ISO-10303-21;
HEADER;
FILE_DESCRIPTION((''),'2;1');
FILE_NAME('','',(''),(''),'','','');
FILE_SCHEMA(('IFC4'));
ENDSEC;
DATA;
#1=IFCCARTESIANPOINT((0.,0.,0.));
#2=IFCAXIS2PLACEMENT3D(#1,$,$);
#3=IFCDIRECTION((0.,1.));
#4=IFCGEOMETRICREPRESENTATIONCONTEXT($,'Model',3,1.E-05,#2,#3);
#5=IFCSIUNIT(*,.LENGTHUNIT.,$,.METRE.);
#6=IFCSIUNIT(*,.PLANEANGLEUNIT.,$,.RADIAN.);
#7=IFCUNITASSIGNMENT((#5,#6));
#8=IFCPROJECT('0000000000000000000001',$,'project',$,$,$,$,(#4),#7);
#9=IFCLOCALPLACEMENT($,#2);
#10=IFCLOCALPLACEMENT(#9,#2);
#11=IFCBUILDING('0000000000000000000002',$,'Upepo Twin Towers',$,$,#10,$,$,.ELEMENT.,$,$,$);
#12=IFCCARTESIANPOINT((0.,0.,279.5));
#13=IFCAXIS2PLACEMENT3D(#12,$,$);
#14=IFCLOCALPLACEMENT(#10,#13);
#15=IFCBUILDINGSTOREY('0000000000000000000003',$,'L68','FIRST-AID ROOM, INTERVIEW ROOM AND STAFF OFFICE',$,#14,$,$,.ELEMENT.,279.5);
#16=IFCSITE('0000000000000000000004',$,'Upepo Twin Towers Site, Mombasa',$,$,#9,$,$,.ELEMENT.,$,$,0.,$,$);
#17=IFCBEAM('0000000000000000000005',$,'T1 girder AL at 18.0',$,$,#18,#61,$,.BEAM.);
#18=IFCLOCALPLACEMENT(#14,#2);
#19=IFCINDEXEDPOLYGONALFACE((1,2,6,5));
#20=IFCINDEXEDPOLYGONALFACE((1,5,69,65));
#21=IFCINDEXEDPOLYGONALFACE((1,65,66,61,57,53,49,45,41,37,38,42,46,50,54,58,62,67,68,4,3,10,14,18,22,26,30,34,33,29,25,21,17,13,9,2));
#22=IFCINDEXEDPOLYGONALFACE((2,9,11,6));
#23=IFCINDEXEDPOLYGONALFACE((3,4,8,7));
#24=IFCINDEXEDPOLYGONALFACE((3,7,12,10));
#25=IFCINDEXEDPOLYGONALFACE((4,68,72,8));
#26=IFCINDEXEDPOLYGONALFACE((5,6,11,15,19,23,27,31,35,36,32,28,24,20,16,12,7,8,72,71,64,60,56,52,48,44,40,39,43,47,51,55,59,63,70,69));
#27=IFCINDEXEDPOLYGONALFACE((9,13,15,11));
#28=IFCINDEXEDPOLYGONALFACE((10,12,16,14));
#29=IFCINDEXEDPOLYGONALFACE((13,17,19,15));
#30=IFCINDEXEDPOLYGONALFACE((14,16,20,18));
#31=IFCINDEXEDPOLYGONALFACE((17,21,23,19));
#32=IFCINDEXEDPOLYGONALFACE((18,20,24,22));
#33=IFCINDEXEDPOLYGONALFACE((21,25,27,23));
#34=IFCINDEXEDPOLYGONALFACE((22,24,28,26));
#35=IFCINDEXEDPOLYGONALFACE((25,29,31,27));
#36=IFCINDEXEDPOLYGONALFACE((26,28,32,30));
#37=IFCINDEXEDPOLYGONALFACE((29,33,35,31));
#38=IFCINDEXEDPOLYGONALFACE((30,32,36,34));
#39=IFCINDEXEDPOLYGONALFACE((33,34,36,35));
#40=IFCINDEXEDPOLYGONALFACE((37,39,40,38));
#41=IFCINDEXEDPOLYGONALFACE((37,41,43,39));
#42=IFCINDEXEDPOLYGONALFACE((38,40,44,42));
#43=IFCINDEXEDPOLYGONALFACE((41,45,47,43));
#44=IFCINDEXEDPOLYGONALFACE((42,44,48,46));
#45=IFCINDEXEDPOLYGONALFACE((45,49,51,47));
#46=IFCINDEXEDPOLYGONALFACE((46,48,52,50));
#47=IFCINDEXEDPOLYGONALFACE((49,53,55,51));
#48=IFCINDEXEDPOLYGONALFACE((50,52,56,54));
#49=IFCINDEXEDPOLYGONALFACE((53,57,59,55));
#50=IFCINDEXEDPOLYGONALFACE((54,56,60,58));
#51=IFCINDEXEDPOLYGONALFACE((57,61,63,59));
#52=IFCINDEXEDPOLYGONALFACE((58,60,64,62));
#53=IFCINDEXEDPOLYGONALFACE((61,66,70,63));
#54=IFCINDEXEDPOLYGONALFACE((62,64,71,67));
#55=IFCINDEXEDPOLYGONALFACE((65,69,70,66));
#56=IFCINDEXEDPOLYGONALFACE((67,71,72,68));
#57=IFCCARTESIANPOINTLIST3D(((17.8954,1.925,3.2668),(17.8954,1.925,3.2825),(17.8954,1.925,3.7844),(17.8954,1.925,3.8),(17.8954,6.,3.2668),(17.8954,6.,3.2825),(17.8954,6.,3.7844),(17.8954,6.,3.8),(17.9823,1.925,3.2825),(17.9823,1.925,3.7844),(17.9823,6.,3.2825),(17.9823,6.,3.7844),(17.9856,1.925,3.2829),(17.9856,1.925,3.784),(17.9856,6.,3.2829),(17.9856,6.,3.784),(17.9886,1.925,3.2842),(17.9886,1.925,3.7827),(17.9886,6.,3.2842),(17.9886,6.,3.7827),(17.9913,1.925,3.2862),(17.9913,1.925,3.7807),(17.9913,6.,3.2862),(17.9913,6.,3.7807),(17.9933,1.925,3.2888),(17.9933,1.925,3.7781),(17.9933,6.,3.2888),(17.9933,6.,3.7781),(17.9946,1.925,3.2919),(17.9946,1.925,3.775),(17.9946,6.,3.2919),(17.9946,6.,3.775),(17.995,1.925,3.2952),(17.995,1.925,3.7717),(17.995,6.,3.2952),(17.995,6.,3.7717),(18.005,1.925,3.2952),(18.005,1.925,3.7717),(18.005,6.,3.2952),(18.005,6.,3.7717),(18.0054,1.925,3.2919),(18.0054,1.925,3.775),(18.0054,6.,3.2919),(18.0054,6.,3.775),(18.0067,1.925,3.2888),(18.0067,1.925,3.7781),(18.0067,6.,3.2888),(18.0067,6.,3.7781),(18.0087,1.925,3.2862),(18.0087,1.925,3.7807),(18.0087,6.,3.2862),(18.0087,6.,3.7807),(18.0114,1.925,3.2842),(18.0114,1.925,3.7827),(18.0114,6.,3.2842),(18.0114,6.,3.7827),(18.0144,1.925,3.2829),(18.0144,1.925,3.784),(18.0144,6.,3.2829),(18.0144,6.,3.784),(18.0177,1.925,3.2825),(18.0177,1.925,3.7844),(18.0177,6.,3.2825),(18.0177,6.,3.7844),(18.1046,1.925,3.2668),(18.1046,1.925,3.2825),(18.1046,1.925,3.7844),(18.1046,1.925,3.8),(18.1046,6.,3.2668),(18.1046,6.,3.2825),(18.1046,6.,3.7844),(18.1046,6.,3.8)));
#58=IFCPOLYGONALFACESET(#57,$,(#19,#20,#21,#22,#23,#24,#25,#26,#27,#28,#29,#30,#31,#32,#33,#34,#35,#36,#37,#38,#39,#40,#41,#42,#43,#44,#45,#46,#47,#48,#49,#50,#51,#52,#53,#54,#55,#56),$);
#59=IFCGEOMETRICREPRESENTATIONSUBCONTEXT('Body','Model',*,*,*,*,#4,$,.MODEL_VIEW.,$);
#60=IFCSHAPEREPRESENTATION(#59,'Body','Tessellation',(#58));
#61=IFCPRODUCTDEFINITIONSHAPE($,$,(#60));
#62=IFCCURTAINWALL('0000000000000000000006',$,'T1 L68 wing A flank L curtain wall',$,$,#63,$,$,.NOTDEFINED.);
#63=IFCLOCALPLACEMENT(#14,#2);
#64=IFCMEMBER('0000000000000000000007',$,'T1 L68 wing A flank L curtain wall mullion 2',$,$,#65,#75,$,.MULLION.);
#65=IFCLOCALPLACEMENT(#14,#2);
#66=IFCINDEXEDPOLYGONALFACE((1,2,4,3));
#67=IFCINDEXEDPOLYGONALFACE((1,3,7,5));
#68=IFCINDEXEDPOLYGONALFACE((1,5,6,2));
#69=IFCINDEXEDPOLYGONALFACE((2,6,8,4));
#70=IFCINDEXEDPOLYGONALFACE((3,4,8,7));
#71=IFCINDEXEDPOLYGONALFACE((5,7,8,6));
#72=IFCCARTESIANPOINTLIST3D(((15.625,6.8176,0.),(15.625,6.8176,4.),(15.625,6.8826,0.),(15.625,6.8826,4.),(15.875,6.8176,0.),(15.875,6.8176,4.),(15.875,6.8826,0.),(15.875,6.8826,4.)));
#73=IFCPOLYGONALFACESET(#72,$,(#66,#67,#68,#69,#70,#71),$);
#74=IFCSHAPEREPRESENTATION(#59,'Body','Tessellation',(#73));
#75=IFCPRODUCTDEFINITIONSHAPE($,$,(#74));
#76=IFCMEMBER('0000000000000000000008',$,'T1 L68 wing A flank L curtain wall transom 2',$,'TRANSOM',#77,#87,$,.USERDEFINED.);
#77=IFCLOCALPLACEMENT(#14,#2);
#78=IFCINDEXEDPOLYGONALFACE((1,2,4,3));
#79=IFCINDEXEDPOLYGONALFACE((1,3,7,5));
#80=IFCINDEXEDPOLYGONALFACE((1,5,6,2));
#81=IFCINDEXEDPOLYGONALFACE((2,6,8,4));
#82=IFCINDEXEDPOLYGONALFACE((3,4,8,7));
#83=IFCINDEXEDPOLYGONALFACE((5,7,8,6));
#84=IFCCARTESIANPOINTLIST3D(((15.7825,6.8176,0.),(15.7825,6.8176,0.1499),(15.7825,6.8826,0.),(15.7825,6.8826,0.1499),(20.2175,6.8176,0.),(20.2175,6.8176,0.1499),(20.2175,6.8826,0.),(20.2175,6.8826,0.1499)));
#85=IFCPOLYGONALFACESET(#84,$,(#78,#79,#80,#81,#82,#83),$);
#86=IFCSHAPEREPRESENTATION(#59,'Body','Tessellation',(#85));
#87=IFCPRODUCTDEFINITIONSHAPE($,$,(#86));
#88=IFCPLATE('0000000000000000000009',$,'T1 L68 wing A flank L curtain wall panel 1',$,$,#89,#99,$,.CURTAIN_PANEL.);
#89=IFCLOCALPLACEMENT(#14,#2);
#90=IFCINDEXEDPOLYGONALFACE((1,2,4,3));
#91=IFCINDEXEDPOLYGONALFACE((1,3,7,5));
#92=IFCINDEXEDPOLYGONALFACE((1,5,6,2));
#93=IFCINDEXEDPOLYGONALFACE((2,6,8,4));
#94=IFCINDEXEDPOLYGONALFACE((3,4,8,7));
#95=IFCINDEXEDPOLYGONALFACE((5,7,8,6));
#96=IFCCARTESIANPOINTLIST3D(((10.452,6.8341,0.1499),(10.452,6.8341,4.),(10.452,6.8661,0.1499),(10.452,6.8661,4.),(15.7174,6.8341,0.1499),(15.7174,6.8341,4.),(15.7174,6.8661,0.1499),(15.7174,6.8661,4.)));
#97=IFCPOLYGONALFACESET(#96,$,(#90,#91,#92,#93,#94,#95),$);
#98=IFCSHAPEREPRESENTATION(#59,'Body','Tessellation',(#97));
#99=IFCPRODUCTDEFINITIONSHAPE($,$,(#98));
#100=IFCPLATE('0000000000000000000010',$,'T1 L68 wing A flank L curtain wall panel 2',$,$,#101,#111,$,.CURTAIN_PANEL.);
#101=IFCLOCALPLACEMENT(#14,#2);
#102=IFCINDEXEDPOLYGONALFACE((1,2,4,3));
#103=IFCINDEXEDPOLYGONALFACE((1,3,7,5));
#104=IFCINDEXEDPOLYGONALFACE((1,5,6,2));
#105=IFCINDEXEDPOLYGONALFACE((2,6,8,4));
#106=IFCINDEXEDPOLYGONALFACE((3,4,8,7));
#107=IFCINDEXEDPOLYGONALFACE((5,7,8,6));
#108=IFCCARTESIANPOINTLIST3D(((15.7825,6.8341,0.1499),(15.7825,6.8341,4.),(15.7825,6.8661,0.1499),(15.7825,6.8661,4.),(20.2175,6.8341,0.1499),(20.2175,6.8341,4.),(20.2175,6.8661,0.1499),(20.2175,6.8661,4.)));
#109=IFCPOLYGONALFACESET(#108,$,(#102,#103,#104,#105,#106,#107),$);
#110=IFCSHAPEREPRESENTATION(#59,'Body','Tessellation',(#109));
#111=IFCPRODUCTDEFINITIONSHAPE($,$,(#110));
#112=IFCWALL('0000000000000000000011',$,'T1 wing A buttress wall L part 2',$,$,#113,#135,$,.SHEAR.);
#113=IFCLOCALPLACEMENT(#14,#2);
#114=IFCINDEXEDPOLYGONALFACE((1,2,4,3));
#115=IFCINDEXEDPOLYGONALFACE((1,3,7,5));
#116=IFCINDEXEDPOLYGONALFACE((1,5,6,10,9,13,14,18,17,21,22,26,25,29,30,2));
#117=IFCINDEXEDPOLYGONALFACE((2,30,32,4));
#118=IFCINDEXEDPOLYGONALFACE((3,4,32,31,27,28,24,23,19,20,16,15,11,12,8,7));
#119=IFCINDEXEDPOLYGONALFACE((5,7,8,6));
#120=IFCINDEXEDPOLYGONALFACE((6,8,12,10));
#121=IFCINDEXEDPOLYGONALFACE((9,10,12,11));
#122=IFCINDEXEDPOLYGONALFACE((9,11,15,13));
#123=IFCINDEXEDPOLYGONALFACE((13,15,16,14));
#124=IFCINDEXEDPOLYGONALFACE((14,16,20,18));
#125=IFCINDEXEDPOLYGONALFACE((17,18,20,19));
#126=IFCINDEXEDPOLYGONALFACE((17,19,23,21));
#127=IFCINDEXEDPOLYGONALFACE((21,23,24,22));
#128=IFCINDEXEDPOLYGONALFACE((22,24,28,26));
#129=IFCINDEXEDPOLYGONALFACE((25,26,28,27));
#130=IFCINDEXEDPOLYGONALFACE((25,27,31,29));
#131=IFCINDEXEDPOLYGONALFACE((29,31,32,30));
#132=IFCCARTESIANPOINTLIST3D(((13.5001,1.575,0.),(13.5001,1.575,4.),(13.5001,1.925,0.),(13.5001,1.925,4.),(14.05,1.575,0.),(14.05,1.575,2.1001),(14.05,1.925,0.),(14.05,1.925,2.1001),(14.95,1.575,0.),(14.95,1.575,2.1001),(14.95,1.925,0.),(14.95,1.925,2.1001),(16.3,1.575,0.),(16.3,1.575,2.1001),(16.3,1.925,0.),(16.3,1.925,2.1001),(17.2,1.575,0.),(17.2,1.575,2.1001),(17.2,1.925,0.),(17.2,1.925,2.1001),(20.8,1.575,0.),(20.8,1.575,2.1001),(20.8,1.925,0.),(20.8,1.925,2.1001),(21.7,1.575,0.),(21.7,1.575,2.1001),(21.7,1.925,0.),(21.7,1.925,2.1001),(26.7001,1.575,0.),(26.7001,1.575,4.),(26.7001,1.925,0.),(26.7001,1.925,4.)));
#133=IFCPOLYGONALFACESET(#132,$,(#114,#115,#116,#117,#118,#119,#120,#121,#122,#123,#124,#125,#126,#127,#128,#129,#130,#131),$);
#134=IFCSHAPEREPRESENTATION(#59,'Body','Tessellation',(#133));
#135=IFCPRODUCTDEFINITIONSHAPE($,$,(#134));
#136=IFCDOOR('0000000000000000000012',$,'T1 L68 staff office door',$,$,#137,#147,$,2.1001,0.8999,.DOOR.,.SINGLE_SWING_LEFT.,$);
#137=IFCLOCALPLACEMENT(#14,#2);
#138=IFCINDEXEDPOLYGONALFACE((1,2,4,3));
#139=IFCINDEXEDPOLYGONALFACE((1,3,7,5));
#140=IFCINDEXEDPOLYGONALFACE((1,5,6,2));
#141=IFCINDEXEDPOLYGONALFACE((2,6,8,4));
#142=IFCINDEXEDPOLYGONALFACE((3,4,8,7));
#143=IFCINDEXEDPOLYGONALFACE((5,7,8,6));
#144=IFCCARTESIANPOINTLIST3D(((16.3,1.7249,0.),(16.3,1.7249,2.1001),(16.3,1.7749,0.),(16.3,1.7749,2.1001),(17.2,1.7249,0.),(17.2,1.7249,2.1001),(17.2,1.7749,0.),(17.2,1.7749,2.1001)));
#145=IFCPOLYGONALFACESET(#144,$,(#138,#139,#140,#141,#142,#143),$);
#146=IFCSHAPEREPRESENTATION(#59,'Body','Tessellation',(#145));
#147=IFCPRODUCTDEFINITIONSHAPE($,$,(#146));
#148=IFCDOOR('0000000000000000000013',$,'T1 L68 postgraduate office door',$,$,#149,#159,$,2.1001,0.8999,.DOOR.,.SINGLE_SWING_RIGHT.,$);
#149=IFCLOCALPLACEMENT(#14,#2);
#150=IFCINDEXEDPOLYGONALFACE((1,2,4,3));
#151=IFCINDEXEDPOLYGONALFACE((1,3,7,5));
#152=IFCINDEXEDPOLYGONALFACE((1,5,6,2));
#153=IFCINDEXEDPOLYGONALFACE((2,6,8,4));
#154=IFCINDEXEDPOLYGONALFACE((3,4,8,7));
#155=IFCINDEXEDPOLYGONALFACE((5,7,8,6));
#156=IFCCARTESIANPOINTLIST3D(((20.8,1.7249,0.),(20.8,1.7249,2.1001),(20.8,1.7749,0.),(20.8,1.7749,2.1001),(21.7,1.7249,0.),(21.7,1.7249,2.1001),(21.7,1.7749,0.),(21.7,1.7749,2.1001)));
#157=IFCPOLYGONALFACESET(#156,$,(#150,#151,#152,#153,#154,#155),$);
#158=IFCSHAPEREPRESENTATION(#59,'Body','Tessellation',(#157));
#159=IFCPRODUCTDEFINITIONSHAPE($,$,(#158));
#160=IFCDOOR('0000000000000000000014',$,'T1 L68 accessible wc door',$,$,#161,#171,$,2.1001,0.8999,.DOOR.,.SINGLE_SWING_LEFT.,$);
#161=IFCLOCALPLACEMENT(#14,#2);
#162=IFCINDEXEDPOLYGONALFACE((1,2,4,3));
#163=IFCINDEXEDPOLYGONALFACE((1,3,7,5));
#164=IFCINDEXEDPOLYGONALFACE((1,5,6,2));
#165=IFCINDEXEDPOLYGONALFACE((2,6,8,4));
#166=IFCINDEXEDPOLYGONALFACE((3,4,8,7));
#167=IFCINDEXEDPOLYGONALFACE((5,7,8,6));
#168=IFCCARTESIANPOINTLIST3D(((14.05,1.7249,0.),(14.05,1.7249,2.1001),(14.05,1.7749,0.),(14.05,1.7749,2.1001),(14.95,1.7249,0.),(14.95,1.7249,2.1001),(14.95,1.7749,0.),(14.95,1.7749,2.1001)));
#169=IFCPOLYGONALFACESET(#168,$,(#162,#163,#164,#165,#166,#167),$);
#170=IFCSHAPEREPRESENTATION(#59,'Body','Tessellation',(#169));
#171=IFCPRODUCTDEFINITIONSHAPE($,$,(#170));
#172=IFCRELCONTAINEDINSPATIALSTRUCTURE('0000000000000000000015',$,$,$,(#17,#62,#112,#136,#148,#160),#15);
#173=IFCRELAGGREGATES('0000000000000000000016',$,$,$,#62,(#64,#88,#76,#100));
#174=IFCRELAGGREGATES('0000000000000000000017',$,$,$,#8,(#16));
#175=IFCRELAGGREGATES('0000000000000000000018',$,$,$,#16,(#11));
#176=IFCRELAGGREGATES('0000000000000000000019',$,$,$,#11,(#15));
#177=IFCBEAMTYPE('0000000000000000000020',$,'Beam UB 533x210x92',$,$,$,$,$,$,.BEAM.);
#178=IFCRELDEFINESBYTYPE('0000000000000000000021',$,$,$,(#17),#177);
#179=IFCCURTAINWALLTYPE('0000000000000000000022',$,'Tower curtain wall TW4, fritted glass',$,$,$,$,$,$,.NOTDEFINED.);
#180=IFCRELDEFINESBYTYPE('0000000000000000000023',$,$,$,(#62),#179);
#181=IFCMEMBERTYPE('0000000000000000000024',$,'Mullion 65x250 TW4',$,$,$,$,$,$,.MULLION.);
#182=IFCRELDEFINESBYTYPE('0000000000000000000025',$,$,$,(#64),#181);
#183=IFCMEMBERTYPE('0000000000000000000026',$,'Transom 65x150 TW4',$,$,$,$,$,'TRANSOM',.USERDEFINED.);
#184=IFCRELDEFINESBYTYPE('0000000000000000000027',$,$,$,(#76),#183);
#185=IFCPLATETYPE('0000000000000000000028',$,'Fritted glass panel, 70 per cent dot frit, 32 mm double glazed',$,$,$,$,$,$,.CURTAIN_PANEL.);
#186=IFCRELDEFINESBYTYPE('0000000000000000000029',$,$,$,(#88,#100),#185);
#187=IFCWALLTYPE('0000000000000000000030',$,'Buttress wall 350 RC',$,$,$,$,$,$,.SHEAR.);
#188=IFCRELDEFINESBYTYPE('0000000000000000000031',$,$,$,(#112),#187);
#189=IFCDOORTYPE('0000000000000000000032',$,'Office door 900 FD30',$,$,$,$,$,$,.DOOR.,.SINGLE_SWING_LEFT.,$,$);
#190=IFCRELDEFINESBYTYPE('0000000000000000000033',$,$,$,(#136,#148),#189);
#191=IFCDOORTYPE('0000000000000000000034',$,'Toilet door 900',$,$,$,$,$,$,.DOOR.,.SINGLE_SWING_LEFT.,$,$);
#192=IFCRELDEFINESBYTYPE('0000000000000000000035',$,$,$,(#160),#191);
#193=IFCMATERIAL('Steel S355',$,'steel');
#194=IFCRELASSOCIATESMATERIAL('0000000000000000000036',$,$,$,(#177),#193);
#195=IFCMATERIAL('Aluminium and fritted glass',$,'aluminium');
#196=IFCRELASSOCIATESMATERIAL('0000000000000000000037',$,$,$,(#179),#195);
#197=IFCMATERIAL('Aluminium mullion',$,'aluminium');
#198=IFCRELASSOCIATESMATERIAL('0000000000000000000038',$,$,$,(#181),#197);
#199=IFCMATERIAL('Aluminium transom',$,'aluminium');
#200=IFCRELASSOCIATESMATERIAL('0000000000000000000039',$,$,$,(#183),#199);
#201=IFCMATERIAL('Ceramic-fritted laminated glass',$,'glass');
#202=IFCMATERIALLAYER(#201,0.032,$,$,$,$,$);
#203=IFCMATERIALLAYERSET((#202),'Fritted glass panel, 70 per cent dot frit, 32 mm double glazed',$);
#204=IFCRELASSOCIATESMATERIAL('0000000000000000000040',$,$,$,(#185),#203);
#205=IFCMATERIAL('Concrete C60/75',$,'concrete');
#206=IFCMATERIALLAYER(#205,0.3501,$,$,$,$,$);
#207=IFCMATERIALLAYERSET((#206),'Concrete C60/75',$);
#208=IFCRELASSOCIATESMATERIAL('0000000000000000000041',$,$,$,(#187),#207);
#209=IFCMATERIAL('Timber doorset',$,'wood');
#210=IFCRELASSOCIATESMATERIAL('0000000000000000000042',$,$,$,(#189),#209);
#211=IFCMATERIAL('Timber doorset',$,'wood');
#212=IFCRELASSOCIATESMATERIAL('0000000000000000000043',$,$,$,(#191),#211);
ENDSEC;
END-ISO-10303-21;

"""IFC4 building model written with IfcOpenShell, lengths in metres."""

from ifc_helpers import new_model, si_unit, direction, frame, frame_2d, origin, origin_2d, place, context, subcontext, project, spatial, rectangle, i_section, extrude, material, layer, layer_set, material_profile, profile_set, type_object, element, fill, aggregate, save


model = new_model("IFC4")

# Units and contexts
model_context = context("Model", 3, precision=1e-05, world=origin(), true_north=direction((0.0, 1.0)))
body_context = subcontext(model_context, "Body", "Model", "MODEL_VIEW")
ifc_project = project(units=[si_unit("LENGTHUNIT", "METRE"), si_unit("PLANEANGLEUNIT", "RADIAN")], contexts=[model_context])

# Site, building, storey
site_placement = place(None, origin())
site = spatial("IfcSite", under=ifc_project, at=site_placement, Name="Upepo Twin Towers Site, Mombasa", CompositionType="ELEMENT", RefElevation=0.0)
building_placement = place(site_placement, origin())
building = spatial("IfcBuilding", under=site, at=building_placement, Name="Upepo Twin Towers", CompositionType="ELEMENT")
storey_placement = place(building_placement, frame((0.0, 0.0, 279.5)))
storey = spatial("IfcBuildingStorey", under=building, at=storey_placement, Name="L68", Description="FIRST-AID ROOM, INTERVIEW ROOM AND STAFF OFFICE", CompositionType="ELEMENT", Elevation=279.5)

# Beam
ifc_material_1 = material(Name="Steel S355", Category="steel")
ifc_material_profile_1 = material_profile(ifc_material_1, i_section(OverallWidth=0.2092, OverallDepth=0.5332, WebThickness=0.01, FlangeThickness=0.0156, FilletRadius=0.0127, at=origin_2d()), Name="UB 533x210x92")
ifc_profile_set_1 = profile_set([ifc_material_profile_1], Name="Steel S355")
beam_type_1 = type_object("IfcBeamType", Name="Beam UB 533x210x92", PredefinedType="BEAM", material=ifc_profile_set_1)
for number, where, z_axis, x_axis, name in (
    (1, (18.0, 6.0, 3.5334), (0.0, -1.0, 0.0), (1.0, 0.0, 0.0), "T1 girder AL at 18.0"),
):
    element("IfcBeam", number, at=place(storey_placement, frame(where, z_axis=z_axis, x_axis=x_axis)), inside=storey, type_object=beam_type_1, Name=name, PredefinedType="BEAM", context=body_context, shape_type="SweptSolid", body=[
        extrude(i_section(OverallWidth=0.2092, OverallDepth=0.5332, WebThickness=0.01, FlangeThickness=0.0156, FilletRadius=0.0127, at=origin_2d()), origin(), (0.0, 0.0, 1.0), 4.075),
    ])

# Curtain wall, members, plates
ifc_material_2 = material(Name="Aluminium and fritted glass", Category="aluminium")
curtain_wall_type = type_object("IfcCurtainWallType", Name="Tower curtain wall TW4, fritted glass", PredefinedType="NOTDEFINED", material=ifc_material_2)
curtain_wall_placement = place(storey_placement, origin())
curtain_wall = element("IfcCurtainWall", 2, at=curtain_wall_placement, inside=storey, type_object=curtain_wall_type, Name="T1 L68 wing A flank L curtain wall", PredefinedType="NOTDEFINED")
ifc_material_3 = material(Name="Aluminium mullion", Category="aluminium")
ifc_material_profile_2 = material_profile(ifc_material_3, rectangle(XDim=0.0649, YDim=0.25, at=origin_2d()), Name="MULLION 65x250")
ifc_profile_set_2 = profile_set([ifc_material_profile_2], Name="Aluminium mullion")
member_type_1 = type_object("IfcMemberType", Name="Mullion 65x250 TW4", PredefinedType="MULLION", material=ifc_profile_set_2)
member_1_placement = place(storey_placement, frame((15.75, 6.8501, 0.0), z_axis=(0.0, 0.0, 1.0), x_axis=(0.0, 1.0, 0.0)))
member_1 = element("IfcMember", 3, at=member_1_placement, type_object=member_type_1, Name="T1 L68 wing A flank L curtain wall mullion 2", PredefinedType="MULLION", context=body_context, shape_type="SweptSolid", body=[
    extrude(rectangle(XDim=0.0649, YDim=0.25, at=origin_2d()), origin(), (0.0, 0.0, 1.0), 4.0),
])
ifc_material_4 = material(Name="Aluminium transom", Category="aluminium")
ifc_material_profile_3 = material_profile(ifc_material_4, rectangle(XDim=0.0649, YDim=0.1499, at=origin_2d()), Name="TRANSOM 65x150")
ifc_profile_set_3 = profile_set([ifc_material_profile_3], Name="Aluminium transom")
member_type_2 = type_object("IfcMemberType", Name="Transom 65x150 TW4", ElementType="TRANSOM", PredefinedType="USERDEFINED", material=ifc_profile_set_3)
member_2_placement = place(storey_placement, frame((15.7825, 6.8501, 0.075), z_axis=(1.0, 0.0, 0.0), x_axis=(0.0, 1.0, 0.0)))
member_2 = element("IfcMember", 4, at=member_2_placement, type_object=member_type_2, Name="T1 L68 wing A flank L curtain wall transom 2", ObjectType="TRANSOM", PredefinedType="USERDEFINED", context=body_context, shape_type="SweptSolid", body=[
    extrude(rectangle(XDim=0.0649, YDim=0.1499, at=origin_2d()), origin(), (0.0, 0.0, 1.0), 4.4351),
])
ifc_material_5 = material(Name="Ceramic-fritted laminated glass", Category="glass")
ifc_layer_1 = layer(ifc_material_5, 0.032)
ifc_layer_set_1 = layer_set([ifc_layer_1], Name="Fritted glass panel, 70 per cent dot frit, 32 mm double glazed")
plate_type = type_object("IfcPlateType", Name="Fritted glass panel, 70 per cent dot frit, 32 mm double glazed", PredefinedType="CURTAIN_PANEL", material=ifc_layer_set_1)
plate_1_placement = place(storey_placement, frame((13.0847, 6.8501, 0.1499), z_axis=(0.0, 0.0, 1.0), x_axis=(1.0, 0.0, 0.0)))
plate_1 = element("IfcPlate", 5, at=plate_1_placement, type_object=plate_type, Name="T1 L68 wing A flank L curtain wall panel 1", PredefinedType="CURTAIN_PANEL", context=body_context, shape_type="SweptSolid", body=[
    extrude(rectangle(XDim=5.2654, YDim=0.032, at=origin_2d()), origin(), (0.0, 0.0, 1.0), 3.8501),
])
plate_2_placement = place(storey_placement, frame((18.0, 6.8501, 0.1499), z_axis=(0.0, 0.0, 1.0), x_axis=(1.0, 0.0, 0.0)))
plate_2 = element("IfcPlate", 6, at=plate_2_placement, type_object=plate_type, Name="T1 L68 wing A flank L curtain wall panel 2", PredefinedType="CURTAIN_PANEL", context=body_context, shape_type="SweptSolid", body=[
    extrude(rectangle(XDim=4.4351, YDim=0.032, at=origin_2d()), origin(), (0.0, 0.0, 1.0), 3.8501),
])
aggregate(curtain_wall, [member_1, plate_1, member_2, plate_2])

# Wall, openings, doors
ifc_material_6 = material(Name="Concrete C60/75", Category="concrete")
ifc_layer_2 = layer(ifc_material_6, 0.3501)
ifc_layer_set_2 = layer_set([ifc_layer_2], Name="Concrete C60/75")
wall_type_1 = type_object("IfcWallType", Name="Buttress wall 350 RC", PredefinedType="SHEAR", material=ifc_layer_set_2)
wall_1_placement = place(storey_placement, frame((13.5, 1.75, 0.0), z_axis=(0.0, 0.0, 1.0), x_axis=(1.0, 0.0, 0.0)))
wall_1 = element("IfcWall", 7, at=wall_1_placement, inside=storey, type_object=wall_type_1, Name="T1 wing A buttress wall L part 2", PredefinedType="SHEAR", context=body_context, shape_type="SweptSolid", body=[
    extrude(rectangle(XDim=13.2, YDim=0.3501, at=frame_2d((6.6001, 0.0))), origin(), (0.0, 0.0, 1.0), 4.0),
])
opening_1_placement = place(wall_1_placement, frame((0.55, 0.0, 0.0)))
opening_1 = element("IfcOpeningElement", 8, at=opening_1_placement, cuts=wall_1, PredefinedType="OPENING", context=body_context, shape_type="SweptSolid", body=[
    extrude(rectangle(XDim=0.8999, YDim=2.1001, at=frame_2d((0.45, 1.05))), frame((0.0, 0.1851, 0.0), z_axis=(0.0, -1.0, 0.0), x_axis=(1.0, 0.0, 0.0)), (0.0, 0.0, 1.0), 0.3701),
])
opening_2_placement = place(wall_1_placement, frame((2.8, 0.0, 0.0)))
opening_2 = element("IfcOpeningElement", 9, at=opening_2_placement, cuts=wall_1, PredefinedType="OPENING", context=body_context, shape_type="SweptSolid", body=[
    extrude(rectangle(XDim=0.8999, YDim=2.1001, at=frame_2d((0.45, 1.05))), frame((0.0, 0.1851, 0.0), z_axis=(0.0, -1.0, 0.0), x_axis=(1.0, 0.0, 0.0)), (0.0, 0.0, 1.0), 0.3701),
])
opening_3_placement = place(wall_1_placement, frame((7.3, 0.0, 0.0)))
opening_3 = element("IfcOpeningElement", 10, at=opening_3_placement, cuts=wall_1, PredefinedType="OPENING", context=body_context, shape_type="SweptSolid", body=[
    extrude(rectangle(XDim=0.8999, YDim=2.1001, at=frame_2d((0.45, 1.05))), frame((0.0, 0.1851, 0.0), z_axis=(0.0, -1.0, 0.0), x_axis=(1.0, 0.0, 0.0)), (0.0, 0.0, 1.0), 0.3701),
])
ifc_material_7 = material(Name="Timber doorset", Category="wood")
door_type_1 = type_object("IfcDoorType", Name="Office door 900 FD30", OperationType="SINGLE_SWING_LEFT", PredefinedType="DOOR", material=ifc_material_7)
door_1_placement = place(opening_2_placement, origin())
door_1 = element("IfcDoor", 11, at=door_1_placement, inside=storey, type_object=door_type_1, Name="T1 L68 staff office door", OperationType="SINGLE_SWING_LEFT", OverallHeight=2.1001, OverallWidth=0.8999, PredefinedType="DOOR", context=body_context, shape_type="SweptSolid", body=[
    extrude(rectangle(XDim=0.8999, YDim=2.1001, at=frame_2d((0.45, 1.05))), frame((0.0, 0.0249, 0.0), z_axis=(0.0, -1.0, 0.0), x_axis=(1.0, 0.0, 0.0)), (0.0, 0.0, 1.0), 0.05),
])
fill(opening_2, door_1)
door_2_placement = place(opening_3_placement, origin())
door_2 = element("IfcDoor", 12, at=door_2_placement, inside=storey, type_object=door_type_1, Name="T1 L68 postgraduate office door", OperationType="SINGLE_SWING_RIGHT", OverallHeight=2.1001, OverallWidth=0.8999, PredefinedType="DOOR", context=body_context, shape_type="SweptSolid", body=[
    extrude(rectangle(XDim=0.8999, YDim=2.1001, at=frame_2d((0.45, 1.05))), frame((0.0, 0.0249, 0.0), z_axis=(0.0, -1.0, 0.0), x_axis=(1.0, 0.0, 0.0)), (0.0, 0.0, 1.0), 0.05),
])
fill(opening_3, door_2)
ifc_material_8 = material(Name="Timber doorset", Category="wood")
door_type_2 = type_object("IfcDoorType", Name="Toilet door 900", OperationType="SINGLE_SWING_LEFT", PredefinedType="DOOR", material=ifc_material_8)
door_3_placement = place(opening_1_placement, origin())
door_3 = element("IfcDoor", 13, at=door_3_placement, inside=storey, type_object=door_type_2, Name="T1 L68 accessible wc door", OperationType="SINGLE_SWING_LEFT", OverallHeight=2.1001, OverallWidth=0.8999, PredefinedType="DOOR", context=body_context, shape_type="SweptSolid", body=[
    extrude(rectangle(XDim=0.8999, YDim=2.1001, at=frame_2d((0.45, 1.05))), frame((0.0, 0.0249, 0.0), z_axis=(0.0, -1.0, 0.0), x_axis=(1.0, 0.0, 0.0)), (0.0, 0.0, 1.0), 0.05),
])
fill(opening_1, door_3)

save(model, "model.ifc")
